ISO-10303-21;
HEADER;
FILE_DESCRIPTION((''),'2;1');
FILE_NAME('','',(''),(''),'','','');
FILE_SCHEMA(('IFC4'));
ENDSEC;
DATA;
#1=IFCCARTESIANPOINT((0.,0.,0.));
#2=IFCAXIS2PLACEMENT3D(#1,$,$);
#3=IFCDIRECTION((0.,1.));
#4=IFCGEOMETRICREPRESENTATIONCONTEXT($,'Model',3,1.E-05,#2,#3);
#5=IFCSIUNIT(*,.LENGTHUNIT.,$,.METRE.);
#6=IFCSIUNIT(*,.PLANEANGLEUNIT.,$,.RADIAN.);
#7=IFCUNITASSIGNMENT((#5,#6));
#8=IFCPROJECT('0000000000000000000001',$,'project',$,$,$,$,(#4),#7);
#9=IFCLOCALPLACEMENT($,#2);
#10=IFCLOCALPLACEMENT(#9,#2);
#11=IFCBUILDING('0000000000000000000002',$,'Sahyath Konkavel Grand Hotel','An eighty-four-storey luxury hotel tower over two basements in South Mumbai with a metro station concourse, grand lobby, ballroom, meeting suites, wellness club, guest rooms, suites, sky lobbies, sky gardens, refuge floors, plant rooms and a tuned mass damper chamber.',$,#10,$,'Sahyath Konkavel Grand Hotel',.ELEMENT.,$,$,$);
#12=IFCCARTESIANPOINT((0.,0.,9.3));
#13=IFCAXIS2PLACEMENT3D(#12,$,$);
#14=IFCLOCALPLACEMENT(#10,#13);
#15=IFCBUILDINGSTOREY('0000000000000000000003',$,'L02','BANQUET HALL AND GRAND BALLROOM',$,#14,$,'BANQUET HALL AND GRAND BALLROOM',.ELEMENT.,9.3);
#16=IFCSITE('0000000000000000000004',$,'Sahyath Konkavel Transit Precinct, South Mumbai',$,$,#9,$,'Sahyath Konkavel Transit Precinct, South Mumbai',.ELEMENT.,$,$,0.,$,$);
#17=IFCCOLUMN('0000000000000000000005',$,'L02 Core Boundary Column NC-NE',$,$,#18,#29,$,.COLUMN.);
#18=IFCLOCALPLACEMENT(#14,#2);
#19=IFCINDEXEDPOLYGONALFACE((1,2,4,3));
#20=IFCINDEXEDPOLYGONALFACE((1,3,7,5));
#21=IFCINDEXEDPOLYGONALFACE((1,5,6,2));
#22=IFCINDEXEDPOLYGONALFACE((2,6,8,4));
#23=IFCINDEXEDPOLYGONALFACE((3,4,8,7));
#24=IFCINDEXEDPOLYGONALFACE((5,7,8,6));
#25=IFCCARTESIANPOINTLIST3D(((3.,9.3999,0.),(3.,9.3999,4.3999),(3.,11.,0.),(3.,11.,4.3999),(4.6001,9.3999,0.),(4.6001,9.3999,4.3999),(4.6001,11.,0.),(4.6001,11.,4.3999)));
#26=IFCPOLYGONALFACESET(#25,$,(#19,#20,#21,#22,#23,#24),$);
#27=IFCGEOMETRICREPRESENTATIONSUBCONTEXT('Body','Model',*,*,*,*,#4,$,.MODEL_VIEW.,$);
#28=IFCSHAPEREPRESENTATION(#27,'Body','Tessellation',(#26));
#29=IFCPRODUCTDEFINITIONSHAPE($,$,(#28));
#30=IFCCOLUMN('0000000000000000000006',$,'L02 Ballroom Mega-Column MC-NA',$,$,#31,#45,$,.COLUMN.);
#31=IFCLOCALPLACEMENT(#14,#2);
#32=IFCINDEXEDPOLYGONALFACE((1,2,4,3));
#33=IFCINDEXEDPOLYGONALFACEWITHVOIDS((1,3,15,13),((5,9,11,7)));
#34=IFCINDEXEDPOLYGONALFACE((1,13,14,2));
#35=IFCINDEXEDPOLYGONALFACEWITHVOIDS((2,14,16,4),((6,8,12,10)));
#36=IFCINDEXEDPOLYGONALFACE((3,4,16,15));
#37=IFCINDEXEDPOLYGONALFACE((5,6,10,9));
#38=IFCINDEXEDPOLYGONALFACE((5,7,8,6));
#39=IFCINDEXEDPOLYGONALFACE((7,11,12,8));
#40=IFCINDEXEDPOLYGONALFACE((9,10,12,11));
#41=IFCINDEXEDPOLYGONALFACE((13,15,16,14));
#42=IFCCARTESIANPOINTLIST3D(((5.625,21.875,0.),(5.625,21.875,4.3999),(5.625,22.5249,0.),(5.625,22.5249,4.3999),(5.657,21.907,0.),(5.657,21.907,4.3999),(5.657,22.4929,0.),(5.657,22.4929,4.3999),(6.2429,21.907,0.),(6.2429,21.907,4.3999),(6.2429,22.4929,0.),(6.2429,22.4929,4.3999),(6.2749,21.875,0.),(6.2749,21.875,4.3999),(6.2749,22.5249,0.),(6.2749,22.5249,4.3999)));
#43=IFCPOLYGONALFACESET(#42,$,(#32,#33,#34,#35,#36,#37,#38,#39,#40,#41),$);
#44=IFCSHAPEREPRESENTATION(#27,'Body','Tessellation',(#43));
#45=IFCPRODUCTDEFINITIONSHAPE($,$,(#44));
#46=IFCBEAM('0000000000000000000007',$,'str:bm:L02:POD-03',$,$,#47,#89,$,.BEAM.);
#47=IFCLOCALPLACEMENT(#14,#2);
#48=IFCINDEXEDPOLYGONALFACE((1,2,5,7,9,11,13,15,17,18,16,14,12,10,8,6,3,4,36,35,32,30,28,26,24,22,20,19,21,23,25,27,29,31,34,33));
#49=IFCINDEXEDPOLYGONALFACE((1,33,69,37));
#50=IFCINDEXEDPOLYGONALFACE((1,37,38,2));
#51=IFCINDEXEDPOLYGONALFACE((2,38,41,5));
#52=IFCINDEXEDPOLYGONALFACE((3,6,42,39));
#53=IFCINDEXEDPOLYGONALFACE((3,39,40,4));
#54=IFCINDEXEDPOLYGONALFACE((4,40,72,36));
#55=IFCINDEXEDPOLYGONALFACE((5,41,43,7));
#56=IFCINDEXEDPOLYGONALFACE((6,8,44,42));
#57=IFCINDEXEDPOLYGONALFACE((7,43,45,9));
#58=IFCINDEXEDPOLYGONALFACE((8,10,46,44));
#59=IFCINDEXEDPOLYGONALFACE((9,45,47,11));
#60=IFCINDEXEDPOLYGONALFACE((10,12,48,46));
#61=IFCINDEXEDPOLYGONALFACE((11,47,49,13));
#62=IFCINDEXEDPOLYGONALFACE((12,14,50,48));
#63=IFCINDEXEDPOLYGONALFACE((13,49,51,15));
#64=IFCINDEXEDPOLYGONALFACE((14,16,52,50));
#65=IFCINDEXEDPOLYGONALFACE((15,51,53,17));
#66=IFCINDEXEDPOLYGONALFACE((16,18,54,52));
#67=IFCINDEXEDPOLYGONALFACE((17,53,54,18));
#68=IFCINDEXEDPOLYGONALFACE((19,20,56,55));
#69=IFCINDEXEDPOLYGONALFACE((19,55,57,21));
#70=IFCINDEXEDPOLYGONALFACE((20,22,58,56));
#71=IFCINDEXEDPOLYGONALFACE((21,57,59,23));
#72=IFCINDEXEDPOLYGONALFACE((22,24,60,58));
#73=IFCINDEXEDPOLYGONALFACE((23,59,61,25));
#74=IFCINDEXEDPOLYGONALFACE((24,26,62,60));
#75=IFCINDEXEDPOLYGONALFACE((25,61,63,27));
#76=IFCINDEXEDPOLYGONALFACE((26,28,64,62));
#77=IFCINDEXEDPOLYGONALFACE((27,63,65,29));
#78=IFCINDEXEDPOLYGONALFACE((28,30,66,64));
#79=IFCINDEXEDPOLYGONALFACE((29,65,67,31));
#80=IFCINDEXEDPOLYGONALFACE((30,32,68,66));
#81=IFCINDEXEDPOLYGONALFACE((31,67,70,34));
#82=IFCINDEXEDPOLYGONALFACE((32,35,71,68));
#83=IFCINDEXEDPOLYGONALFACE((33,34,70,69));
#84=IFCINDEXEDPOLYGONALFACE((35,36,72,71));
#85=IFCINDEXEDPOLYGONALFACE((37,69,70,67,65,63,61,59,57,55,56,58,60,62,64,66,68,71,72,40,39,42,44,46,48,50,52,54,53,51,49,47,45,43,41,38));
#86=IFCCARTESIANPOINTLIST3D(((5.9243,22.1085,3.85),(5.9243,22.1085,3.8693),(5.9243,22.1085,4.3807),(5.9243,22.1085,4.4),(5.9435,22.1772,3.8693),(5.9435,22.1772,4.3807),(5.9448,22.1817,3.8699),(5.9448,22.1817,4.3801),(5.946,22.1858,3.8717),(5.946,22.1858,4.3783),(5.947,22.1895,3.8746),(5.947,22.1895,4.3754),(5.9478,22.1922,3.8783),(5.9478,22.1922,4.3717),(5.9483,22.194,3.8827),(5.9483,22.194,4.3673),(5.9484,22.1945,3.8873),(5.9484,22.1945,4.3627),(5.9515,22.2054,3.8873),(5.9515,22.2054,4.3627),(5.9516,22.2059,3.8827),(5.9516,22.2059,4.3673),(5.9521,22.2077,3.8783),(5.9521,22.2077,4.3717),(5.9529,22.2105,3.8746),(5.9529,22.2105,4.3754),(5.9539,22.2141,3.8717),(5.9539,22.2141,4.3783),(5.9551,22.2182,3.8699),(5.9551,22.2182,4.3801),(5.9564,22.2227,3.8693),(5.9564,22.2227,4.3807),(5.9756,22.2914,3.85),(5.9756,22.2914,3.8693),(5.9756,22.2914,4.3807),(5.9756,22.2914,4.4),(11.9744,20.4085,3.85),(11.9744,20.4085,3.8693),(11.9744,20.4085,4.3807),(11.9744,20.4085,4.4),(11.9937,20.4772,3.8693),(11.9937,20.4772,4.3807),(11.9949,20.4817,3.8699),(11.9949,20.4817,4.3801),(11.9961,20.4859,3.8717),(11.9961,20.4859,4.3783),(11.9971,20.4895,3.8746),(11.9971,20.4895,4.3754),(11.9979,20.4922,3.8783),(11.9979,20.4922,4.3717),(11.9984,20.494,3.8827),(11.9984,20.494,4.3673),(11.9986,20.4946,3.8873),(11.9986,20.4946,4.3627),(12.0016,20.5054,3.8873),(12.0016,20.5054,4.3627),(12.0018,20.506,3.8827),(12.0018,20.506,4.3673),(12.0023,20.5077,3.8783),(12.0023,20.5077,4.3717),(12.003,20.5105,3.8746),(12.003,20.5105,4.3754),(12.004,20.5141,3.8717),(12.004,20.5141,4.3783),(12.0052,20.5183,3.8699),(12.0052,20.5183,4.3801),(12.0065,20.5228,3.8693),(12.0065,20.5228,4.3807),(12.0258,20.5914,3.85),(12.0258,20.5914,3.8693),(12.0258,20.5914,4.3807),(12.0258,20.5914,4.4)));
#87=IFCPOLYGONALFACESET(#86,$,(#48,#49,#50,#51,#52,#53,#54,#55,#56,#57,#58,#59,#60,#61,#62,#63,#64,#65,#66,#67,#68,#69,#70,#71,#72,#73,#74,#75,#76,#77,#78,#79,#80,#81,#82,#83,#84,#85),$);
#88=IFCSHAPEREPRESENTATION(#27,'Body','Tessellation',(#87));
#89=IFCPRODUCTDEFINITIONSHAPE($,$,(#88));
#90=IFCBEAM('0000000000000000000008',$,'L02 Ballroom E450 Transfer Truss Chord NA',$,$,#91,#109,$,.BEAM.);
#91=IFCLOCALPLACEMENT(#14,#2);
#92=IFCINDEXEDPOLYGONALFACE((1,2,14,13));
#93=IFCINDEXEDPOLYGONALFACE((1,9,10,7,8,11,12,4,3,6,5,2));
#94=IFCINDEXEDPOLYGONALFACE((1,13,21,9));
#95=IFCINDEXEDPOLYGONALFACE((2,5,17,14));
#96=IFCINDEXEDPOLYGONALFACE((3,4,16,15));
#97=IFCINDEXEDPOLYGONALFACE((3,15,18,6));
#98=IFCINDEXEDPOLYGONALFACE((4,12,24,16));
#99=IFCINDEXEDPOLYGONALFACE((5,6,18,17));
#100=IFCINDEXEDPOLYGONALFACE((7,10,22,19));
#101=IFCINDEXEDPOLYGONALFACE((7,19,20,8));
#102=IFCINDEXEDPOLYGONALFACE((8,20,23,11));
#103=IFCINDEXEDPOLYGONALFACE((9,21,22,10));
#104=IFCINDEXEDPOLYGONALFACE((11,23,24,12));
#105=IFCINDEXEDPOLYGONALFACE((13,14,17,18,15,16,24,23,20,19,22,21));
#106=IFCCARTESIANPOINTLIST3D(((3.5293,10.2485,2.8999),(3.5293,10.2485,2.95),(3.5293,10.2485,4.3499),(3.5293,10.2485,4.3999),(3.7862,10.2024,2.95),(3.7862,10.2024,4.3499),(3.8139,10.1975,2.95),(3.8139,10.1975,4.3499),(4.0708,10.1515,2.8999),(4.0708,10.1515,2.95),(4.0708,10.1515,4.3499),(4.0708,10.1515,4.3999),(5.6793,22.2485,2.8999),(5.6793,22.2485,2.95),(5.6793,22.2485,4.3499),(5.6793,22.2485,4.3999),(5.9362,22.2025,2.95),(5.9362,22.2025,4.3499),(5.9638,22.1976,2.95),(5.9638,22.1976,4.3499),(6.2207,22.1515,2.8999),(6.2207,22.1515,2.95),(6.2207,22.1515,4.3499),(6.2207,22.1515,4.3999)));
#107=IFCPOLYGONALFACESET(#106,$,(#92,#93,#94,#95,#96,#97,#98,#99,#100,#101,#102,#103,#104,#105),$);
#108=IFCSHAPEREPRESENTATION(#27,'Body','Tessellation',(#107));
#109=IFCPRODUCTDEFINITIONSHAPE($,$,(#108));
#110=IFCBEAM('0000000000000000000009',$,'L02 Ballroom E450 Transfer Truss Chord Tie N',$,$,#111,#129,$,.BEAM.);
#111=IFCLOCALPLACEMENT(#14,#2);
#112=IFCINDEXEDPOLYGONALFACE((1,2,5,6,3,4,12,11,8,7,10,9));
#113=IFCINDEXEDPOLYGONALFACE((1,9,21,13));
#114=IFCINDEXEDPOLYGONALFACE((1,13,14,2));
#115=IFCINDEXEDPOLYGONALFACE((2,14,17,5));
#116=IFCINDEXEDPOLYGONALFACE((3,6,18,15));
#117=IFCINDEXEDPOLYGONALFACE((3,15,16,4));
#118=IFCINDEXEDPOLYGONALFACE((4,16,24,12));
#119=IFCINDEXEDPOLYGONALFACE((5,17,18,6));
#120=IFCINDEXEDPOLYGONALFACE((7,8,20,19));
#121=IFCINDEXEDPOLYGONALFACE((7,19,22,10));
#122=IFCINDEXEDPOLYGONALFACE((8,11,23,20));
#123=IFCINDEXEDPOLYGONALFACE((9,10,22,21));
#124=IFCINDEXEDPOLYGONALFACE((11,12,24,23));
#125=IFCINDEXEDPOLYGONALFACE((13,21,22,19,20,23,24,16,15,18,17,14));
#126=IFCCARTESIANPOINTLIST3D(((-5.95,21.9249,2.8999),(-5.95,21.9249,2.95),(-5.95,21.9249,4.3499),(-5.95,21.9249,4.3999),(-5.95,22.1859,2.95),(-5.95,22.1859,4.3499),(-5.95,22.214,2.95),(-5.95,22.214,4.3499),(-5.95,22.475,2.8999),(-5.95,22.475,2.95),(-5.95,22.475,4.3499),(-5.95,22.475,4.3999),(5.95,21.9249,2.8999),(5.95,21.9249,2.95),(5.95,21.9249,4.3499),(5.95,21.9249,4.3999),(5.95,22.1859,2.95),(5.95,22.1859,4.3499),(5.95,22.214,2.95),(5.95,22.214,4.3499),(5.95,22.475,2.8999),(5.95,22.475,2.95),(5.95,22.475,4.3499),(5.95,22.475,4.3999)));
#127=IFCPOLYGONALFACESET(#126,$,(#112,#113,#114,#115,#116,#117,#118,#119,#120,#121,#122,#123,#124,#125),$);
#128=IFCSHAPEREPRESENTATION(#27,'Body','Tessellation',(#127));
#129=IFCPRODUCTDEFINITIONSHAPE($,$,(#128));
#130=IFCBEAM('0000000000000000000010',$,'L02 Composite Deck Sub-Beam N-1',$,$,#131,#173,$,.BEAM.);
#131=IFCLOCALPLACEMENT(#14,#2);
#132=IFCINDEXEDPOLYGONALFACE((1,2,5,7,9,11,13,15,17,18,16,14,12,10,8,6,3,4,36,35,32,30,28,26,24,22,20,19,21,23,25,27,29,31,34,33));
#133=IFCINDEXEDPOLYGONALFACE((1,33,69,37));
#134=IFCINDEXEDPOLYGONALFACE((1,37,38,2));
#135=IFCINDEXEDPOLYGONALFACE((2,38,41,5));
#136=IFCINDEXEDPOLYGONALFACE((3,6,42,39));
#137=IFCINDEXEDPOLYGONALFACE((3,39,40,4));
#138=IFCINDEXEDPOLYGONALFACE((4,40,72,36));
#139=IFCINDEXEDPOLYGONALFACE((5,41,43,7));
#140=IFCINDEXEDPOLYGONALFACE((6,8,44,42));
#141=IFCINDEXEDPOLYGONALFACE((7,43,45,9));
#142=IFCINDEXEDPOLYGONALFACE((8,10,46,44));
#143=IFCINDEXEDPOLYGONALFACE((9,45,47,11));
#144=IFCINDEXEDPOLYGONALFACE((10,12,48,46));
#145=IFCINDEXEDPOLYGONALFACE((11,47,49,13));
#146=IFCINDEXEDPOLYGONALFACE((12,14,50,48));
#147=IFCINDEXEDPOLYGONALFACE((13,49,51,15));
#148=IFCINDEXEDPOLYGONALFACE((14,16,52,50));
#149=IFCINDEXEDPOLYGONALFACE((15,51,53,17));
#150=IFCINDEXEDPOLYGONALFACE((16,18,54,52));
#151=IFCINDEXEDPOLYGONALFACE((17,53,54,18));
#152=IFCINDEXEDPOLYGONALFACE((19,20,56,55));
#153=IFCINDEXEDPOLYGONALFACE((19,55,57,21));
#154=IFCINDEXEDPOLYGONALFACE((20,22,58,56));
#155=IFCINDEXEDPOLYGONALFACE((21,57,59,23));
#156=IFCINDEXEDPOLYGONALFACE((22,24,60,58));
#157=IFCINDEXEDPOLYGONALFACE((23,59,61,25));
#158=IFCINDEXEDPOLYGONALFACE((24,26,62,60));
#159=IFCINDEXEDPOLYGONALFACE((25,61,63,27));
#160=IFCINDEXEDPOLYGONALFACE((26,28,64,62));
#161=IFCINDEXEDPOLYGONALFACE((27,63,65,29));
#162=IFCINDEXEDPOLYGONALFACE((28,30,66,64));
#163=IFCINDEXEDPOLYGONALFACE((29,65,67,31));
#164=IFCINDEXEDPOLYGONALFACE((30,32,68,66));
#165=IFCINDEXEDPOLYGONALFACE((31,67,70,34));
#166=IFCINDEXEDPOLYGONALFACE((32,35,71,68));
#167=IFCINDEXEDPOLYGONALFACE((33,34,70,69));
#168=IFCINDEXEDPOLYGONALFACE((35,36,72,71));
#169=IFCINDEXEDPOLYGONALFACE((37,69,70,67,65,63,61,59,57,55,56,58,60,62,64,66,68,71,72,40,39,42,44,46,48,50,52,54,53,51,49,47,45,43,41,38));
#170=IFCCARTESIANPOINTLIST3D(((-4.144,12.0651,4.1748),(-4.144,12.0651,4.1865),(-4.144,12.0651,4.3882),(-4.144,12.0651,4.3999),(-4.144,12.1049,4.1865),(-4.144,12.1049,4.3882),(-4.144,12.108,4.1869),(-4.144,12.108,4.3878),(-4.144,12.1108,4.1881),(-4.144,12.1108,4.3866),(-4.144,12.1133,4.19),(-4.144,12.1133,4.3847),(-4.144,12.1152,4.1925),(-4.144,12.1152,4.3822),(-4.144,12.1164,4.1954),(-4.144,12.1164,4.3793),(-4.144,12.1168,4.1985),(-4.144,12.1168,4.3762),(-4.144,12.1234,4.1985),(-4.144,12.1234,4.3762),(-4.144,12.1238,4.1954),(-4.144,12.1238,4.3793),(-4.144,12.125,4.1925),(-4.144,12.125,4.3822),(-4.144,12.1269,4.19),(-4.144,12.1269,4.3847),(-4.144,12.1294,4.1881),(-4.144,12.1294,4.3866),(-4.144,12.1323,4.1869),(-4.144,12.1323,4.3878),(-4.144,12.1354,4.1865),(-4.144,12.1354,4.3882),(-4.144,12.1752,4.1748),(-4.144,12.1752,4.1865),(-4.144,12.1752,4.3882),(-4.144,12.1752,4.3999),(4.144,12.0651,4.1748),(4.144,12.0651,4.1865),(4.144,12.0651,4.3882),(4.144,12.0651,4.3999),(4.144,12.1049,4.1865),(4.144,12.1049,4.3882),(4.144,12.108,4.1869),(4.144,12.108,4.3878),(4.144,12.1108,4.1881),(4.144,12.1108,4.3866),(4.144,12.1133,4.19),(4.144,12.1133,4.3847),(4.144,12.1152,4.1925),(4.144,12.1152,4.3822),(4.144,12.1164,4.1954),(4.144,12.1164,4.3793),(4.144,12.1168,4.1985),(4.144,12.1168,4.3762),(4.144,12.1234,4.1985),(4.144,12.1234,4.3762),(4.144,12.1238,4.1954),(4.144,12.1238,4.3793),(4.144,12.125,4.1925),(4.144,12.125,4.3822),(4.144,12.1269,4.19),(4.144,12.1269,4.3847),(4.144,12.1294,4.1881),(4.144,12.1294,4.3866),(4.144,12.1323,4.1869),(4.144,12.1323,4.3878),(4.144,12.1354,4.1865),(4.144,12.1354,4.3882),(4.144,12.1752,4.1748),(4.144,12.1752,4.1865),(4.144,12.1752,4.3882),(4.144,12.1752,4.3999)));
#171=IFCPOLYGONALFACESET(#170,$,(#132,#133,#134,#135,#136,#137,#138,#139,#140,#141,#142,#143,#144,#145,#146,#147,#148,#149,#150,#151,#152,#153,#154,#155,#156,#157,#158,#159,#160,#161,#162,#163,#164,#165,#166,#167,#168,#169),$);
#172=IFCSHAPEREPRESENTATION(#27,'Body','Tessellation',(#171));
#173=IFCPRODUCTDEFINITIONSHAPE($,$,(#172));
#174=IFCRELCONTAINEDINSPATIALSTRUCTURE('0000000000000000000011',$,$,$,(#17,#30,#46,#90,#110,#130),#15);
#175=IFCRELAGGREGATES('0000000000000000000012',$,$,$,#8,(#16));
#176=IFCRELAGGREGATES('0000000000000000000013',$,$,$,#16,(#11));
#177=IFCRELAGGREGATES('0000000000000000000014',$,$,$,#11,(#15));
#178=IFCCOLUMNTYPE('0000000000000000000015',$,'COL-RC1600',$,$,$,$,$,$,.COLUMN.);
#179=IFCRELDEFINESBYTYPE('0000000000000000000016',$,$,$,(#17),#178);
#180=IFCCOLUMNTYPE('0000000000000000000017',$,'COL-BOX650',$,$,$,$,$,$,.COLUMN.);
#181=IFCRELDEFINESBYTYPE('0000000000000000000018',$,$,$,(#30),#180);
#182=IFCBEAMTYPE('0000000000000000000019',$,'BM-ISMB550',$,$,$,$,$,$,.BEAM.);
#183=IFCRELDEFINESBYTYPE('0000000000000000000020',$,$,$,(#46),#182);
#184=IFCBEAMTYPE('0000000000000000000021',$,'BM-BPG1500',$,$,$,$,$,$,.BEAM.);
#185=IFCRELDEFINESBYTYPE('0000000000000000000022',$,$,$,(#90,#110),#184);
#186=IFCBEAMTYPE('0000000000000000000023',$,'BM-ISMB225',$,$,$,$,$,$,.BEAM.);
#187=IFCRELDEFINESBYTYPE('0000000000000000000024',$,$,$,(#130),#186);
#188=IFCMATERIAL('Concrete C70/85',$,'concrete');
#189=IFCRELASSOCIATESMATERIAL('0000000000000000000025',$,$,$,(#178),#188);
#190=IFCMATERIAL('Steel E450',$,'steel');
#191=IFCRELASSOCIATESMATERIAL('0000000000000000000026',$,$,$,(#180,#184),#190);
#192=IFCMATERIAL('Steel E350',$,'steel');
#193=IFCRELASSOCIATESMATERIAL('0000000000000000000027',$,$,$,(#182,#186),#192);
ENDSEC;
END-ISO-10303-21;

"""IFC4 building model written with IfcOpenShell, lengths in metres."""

from ifc_helpers import new_model, si_unit, direction, frame, origin, origin_2d, place, context, subcontext, project, spatial, rectangle, hollow_rectangle, i_section, extrude, source, transform, mapped, material, material_profile, profile_set, type_object, element, save


model = new_model("IFC4")

# Units and contexts
model_context = context("Model", 3, precision=1e-05, world=origin(), true_north=direction((0.0, 1.0)))
body_context = subcontext(model_context, "Body", "Model", "MODEL_VIEW")
ifc_project = project(units=[si_unit("LENGTHUNIT", "METRE"), si_unit("PLANEANGLEUNIT", "RADIAN")], contexts=[model_context])

# Site, building, storey
site_placement = place(None, origin())
site = spatial("IfcSite", under=ifc_project, at=site_placement, Name="Sahyath Konkavel Transit Precinct, South Mumbai", LongName="Sahyath Konkavel Transit Precinct, South Mumbai", CompositionType="ELEMENT", RefElevation=0.0)
building_placement = place(site_placement, origin())
building = spatial("IfcBuilding", under=site, at=building_placement, Name="Sahyath Konkavel Grand Hotel", Description="An eighty-four-storey luxury hotel tower over two basements in South Mumbai with a metro station concourse, grand lobby, ballroom, meeting suites, wellness club, guest rooms, suites, sky lobbies, sky gardens, refuge floors, plant rooms and a tuned mass damper chamber.", LongName="Sahyath Konkavel Grand Hotel", CompositionType="ELEMENT")
storey_placement = place(building_placement, frame((0.0, 0.0, 9.3)))
storey = spatial("IfcBuildingStorey", under=building, at=storey_placement, Name="L02", Description="BANQUET HALL AND GRAND BALLROOM", LongName="BANQUET HALL AND GRAND BALLROOM", CompositionType="ELEMENT", Elevation=9.3)

# Columns
ifc_material_1 = material(Name="Concrete C70/85", Category="concrete")
ifc_material_profile_1 = material_profile(ifc_material_1, rectangle(XDim=1.6001, YDim=1.6001, at=origin_2d()), Name="RC 1600x1600")
ifc_profile_set_1 = profile_set([ifc_material_profile_1], Name="Concrete C70/85")
column_type_1 = type_object("IfcColumnType", Name="COL-RC1600", PredefinedType="COLUMN", material=ifc_profile_set_1)
shared_shape_1 = source(origin(), body_context, "Body", "SweptSolid", [
    extrude(rectangle(XDim=1.6001, YDim=1.6001, at=origin_2d()), origin(), (0.0, 0.0, 1.0), 4.3999),
])
column_1_placement = place(storey_placement, frame((3.8, 10.2, 0.0), z_axis=(0.0, 0.0, 1.0), x_axis=(1.0, 0.0, 0.0)))
element("IfcColumn", 1, at=column_1_placement, inside=storey, type_object=column_type_1, Name="L02 Core Boundary Column NC-NE", PredefinedType="COLUMN", context=body_context, shape_type="MappedRepresentation", body=[
    mapped(shared_shape_1, transform((0.0, 0.0, 0.0), scale=1.0)),
])
ifc_material_2 = material(Name="Steel E450", Category="steel")
ifc_material_profile_2 = material_profile(ifc_material_2, hollow_rectangle(XDim=0.6499, YDim=0.6499, WallThickness=0.032, at=origin_2d()), Name="BOX 650x650x32")
ifc_profile_set_2 = profile_set([ifc_material_profile_2], Name="Steel E450")
column_type_2 = type_object("IfcColumnType", Name="COL-BOX650", PredefinedType="COLUMN", material=ifc_profile_set_2)
shared_shape_2 = source(origin(), body_context, "Body", "SweptSolid", [
    extrude(hollow_rectangle(XDim=0.6499, YDim=0.6499, WallThickness=0.032, at=origin_2d()), origin(), (0.0, 0.0, 1.0), 4.3999),
])
column_2_placement = place(storey_placement, frame((5.95, 22.2, 0.0), z_axis=(0.0, 0.0, 1.0), x_axis=(1.0, 0.0, 0.0)))
element("IfcColumn", 2, at=column_2_placement, inside=storey, type_object=column_type_2, Name="L02 Ballroom Mega-Column MC-NA", PredefinedType="COLUMN", context=body_context, shape_type="MappedRepresentation", body=[
    mapped(shared_shape_2, transform((0.0, 0.0, 0.0), scale=1.0)),
])

# Beams
ifc_material_3 = material(Name="Steel E350", Category="steel")
ifc_material_profile_3 = material_profile(ifc_material_3, i_section(OverallWidth=0.1899, OverallDepth=0.55, WebThickness=0.0112, FlangeThickness=0.0193, FilletRadius=0.0181, at=origin_2d()), Name="ISMB 550")
ifc_profile_set_3 = profile_set([ifc_material_profile_3], Name="Steel E350")
beam_type_1 = type_object("IfcBeamType", Name="BM-ISMB550", PredefinedType="BEAM", material=ifc_profile_set_3)
shared_shape_3 = source(origin(), body_context, "Body", "SweptSolid", [
    extrude(i_section(OverallWidth=0.1899, OverallDepth=0.55, WebThickness=0.0112, FlangeThickness=0.0193, FilletRadius=0.0181, at=origin_2d()), origin(), (0.0, 0.0, 1.0), 6.2844),
])
beam_1_placement = place(storey_placement, frame((5.95, 22.2, 4.125), z_axis=(0.962718, -0.270506, 0.0), x_axis=(0.270506, 0.962718, 0.0)))
element("IfcBeam", 3, at=beam_1_placement, inside=storey, type_object=beam_type_1, Name="str:bm:L02:POD-03", PredefinedType="BEAM", context=body_context, shape_type="MappedRepresentation", body=[
    mapped(shared_shape_3, transform((0.0, 0.0, 0.0), scale=1.0)),
])
ifc_material_profile_4 = material_profile(ifc_material_2, i_section(OverallWidth=0.55, OverallDepth=1.5, WebThickness=0.0281, FlangeThickness=0.05, at=origin_2d()), Name="BPG 1500x550")
ifc_profile_set_4 = profile_set([ifc_material_profile_4], Name="Steel E450")
beam_type_2 = type_object("IfcBeamType", Name="BM-BPG1500", PredefinedType="BEAM", material=ifc_profile_set_4)
shared_shape_4 = source(origin(), body_context, "Body", "SweptSolid", [
    extrude(i_section(OverallWidth=0.55, OverallDepth=1.5, WebThickness=0.0281, FlangeThickness=0.05, at=origin_2d()), origin(), (0.0, 0.0, 1.0), 12.1912),
])
beam_2_placement = place(storey_placement, frame((3.8, 10.2, 3.6499), z_axis=(0.176351, 0.984327, 0.0), x_axis=(-0.984327, 0.176351, 0.0)))
element("IfcBeam", 4, at=beam_2_placement, inside=storey, type_object=beam_type_2, Name="L02 Ballroom E450 Transfer Truss Chord NA", PredefinedType="BEAM", context=body_context, shape_type="MappedRepresentation", body=[
    mapped(shared_shape_4, transform((0.0, 0.0, 0.0), scale=1.0)),
])
shared_shape_5 = source(origin(), body_context, "Body", "SweptSolid", [
    extrude(i_section(OverallWidth=0.55, OverallDepth=1.5, WebThickness=0.0281, FlangeThickness=0.05, at=origin_2d()), origin(), (0.0, 0.0, 1.0), 11.8999),
])
beam_3_placement = place(storey_placement, frame((5.95, 22.2, 3.6499), z_axis=(-1.0, 0.0, 0.0), x_axis=(0.0, -1.0, 0.0)))
element("IfcBeam", 5, at=beam_3_placement, inside=storey, type_object=beam_type_2, Name="L02 Ballroom E450 Transfer Truss Chord Tie N", PredefinedType="BEAM", context=body_context, shape_type="MappedRepresentation", body=[
    mapped(shared_shape_5, transform((0.0, 0.0, 0.0), scale=1.0)),
])
ifc_material_profile_5 = material_profile(ifc_material_3, i_section(OverallWidth=0.1101, OverallDepth=0.2251, WebThickness=0.0066, FlangeThickness=0.0117, FilletRadius=0.012, at=origin_2d()), Name="ISMB 225")
ifc_profile_set_5 = profile_set([ifc_material_profile_5], Name="Steel E350")
beam_type_3 = type_object("IfcBeamType", Name="BM-ISMB225", PredefinedType="BEAM", material=ifc_profile_set_5)
shared_shape_6 = source(origin(), body_context, "Body", "SweptSolid", [
    extrude(i_section(OverallWidth=0.1101, OverallDepth=0.2251, WebThickness=0.0066, FlangeThickness=0.0117, FilletRadius=0.012, at=origin_2d()), origin(), (0.0, 0.0, 1.0), 8.2881),
])
beam_4_placement = place(storey_placement, frame((4.144, 12.1201, 4.2874), z_axis=(-1.0, 0.0, 0.0), x_axis=(0.0, -1.0, 0.0)))
element("IfcBeam", 6, at=beam_4_placement, inside=storey, type_object=beam_type_3, Name="L02 Composite Deck Sub-Beam N-1", PredefinedType="BEAM", context=body_context, shape_type="MappedRepresentation", body=[
    mapped(shared_shape_6, transform((0.0, 0.0, 0.0), scale=1.0)),
])

save(model, "model.ifc")
